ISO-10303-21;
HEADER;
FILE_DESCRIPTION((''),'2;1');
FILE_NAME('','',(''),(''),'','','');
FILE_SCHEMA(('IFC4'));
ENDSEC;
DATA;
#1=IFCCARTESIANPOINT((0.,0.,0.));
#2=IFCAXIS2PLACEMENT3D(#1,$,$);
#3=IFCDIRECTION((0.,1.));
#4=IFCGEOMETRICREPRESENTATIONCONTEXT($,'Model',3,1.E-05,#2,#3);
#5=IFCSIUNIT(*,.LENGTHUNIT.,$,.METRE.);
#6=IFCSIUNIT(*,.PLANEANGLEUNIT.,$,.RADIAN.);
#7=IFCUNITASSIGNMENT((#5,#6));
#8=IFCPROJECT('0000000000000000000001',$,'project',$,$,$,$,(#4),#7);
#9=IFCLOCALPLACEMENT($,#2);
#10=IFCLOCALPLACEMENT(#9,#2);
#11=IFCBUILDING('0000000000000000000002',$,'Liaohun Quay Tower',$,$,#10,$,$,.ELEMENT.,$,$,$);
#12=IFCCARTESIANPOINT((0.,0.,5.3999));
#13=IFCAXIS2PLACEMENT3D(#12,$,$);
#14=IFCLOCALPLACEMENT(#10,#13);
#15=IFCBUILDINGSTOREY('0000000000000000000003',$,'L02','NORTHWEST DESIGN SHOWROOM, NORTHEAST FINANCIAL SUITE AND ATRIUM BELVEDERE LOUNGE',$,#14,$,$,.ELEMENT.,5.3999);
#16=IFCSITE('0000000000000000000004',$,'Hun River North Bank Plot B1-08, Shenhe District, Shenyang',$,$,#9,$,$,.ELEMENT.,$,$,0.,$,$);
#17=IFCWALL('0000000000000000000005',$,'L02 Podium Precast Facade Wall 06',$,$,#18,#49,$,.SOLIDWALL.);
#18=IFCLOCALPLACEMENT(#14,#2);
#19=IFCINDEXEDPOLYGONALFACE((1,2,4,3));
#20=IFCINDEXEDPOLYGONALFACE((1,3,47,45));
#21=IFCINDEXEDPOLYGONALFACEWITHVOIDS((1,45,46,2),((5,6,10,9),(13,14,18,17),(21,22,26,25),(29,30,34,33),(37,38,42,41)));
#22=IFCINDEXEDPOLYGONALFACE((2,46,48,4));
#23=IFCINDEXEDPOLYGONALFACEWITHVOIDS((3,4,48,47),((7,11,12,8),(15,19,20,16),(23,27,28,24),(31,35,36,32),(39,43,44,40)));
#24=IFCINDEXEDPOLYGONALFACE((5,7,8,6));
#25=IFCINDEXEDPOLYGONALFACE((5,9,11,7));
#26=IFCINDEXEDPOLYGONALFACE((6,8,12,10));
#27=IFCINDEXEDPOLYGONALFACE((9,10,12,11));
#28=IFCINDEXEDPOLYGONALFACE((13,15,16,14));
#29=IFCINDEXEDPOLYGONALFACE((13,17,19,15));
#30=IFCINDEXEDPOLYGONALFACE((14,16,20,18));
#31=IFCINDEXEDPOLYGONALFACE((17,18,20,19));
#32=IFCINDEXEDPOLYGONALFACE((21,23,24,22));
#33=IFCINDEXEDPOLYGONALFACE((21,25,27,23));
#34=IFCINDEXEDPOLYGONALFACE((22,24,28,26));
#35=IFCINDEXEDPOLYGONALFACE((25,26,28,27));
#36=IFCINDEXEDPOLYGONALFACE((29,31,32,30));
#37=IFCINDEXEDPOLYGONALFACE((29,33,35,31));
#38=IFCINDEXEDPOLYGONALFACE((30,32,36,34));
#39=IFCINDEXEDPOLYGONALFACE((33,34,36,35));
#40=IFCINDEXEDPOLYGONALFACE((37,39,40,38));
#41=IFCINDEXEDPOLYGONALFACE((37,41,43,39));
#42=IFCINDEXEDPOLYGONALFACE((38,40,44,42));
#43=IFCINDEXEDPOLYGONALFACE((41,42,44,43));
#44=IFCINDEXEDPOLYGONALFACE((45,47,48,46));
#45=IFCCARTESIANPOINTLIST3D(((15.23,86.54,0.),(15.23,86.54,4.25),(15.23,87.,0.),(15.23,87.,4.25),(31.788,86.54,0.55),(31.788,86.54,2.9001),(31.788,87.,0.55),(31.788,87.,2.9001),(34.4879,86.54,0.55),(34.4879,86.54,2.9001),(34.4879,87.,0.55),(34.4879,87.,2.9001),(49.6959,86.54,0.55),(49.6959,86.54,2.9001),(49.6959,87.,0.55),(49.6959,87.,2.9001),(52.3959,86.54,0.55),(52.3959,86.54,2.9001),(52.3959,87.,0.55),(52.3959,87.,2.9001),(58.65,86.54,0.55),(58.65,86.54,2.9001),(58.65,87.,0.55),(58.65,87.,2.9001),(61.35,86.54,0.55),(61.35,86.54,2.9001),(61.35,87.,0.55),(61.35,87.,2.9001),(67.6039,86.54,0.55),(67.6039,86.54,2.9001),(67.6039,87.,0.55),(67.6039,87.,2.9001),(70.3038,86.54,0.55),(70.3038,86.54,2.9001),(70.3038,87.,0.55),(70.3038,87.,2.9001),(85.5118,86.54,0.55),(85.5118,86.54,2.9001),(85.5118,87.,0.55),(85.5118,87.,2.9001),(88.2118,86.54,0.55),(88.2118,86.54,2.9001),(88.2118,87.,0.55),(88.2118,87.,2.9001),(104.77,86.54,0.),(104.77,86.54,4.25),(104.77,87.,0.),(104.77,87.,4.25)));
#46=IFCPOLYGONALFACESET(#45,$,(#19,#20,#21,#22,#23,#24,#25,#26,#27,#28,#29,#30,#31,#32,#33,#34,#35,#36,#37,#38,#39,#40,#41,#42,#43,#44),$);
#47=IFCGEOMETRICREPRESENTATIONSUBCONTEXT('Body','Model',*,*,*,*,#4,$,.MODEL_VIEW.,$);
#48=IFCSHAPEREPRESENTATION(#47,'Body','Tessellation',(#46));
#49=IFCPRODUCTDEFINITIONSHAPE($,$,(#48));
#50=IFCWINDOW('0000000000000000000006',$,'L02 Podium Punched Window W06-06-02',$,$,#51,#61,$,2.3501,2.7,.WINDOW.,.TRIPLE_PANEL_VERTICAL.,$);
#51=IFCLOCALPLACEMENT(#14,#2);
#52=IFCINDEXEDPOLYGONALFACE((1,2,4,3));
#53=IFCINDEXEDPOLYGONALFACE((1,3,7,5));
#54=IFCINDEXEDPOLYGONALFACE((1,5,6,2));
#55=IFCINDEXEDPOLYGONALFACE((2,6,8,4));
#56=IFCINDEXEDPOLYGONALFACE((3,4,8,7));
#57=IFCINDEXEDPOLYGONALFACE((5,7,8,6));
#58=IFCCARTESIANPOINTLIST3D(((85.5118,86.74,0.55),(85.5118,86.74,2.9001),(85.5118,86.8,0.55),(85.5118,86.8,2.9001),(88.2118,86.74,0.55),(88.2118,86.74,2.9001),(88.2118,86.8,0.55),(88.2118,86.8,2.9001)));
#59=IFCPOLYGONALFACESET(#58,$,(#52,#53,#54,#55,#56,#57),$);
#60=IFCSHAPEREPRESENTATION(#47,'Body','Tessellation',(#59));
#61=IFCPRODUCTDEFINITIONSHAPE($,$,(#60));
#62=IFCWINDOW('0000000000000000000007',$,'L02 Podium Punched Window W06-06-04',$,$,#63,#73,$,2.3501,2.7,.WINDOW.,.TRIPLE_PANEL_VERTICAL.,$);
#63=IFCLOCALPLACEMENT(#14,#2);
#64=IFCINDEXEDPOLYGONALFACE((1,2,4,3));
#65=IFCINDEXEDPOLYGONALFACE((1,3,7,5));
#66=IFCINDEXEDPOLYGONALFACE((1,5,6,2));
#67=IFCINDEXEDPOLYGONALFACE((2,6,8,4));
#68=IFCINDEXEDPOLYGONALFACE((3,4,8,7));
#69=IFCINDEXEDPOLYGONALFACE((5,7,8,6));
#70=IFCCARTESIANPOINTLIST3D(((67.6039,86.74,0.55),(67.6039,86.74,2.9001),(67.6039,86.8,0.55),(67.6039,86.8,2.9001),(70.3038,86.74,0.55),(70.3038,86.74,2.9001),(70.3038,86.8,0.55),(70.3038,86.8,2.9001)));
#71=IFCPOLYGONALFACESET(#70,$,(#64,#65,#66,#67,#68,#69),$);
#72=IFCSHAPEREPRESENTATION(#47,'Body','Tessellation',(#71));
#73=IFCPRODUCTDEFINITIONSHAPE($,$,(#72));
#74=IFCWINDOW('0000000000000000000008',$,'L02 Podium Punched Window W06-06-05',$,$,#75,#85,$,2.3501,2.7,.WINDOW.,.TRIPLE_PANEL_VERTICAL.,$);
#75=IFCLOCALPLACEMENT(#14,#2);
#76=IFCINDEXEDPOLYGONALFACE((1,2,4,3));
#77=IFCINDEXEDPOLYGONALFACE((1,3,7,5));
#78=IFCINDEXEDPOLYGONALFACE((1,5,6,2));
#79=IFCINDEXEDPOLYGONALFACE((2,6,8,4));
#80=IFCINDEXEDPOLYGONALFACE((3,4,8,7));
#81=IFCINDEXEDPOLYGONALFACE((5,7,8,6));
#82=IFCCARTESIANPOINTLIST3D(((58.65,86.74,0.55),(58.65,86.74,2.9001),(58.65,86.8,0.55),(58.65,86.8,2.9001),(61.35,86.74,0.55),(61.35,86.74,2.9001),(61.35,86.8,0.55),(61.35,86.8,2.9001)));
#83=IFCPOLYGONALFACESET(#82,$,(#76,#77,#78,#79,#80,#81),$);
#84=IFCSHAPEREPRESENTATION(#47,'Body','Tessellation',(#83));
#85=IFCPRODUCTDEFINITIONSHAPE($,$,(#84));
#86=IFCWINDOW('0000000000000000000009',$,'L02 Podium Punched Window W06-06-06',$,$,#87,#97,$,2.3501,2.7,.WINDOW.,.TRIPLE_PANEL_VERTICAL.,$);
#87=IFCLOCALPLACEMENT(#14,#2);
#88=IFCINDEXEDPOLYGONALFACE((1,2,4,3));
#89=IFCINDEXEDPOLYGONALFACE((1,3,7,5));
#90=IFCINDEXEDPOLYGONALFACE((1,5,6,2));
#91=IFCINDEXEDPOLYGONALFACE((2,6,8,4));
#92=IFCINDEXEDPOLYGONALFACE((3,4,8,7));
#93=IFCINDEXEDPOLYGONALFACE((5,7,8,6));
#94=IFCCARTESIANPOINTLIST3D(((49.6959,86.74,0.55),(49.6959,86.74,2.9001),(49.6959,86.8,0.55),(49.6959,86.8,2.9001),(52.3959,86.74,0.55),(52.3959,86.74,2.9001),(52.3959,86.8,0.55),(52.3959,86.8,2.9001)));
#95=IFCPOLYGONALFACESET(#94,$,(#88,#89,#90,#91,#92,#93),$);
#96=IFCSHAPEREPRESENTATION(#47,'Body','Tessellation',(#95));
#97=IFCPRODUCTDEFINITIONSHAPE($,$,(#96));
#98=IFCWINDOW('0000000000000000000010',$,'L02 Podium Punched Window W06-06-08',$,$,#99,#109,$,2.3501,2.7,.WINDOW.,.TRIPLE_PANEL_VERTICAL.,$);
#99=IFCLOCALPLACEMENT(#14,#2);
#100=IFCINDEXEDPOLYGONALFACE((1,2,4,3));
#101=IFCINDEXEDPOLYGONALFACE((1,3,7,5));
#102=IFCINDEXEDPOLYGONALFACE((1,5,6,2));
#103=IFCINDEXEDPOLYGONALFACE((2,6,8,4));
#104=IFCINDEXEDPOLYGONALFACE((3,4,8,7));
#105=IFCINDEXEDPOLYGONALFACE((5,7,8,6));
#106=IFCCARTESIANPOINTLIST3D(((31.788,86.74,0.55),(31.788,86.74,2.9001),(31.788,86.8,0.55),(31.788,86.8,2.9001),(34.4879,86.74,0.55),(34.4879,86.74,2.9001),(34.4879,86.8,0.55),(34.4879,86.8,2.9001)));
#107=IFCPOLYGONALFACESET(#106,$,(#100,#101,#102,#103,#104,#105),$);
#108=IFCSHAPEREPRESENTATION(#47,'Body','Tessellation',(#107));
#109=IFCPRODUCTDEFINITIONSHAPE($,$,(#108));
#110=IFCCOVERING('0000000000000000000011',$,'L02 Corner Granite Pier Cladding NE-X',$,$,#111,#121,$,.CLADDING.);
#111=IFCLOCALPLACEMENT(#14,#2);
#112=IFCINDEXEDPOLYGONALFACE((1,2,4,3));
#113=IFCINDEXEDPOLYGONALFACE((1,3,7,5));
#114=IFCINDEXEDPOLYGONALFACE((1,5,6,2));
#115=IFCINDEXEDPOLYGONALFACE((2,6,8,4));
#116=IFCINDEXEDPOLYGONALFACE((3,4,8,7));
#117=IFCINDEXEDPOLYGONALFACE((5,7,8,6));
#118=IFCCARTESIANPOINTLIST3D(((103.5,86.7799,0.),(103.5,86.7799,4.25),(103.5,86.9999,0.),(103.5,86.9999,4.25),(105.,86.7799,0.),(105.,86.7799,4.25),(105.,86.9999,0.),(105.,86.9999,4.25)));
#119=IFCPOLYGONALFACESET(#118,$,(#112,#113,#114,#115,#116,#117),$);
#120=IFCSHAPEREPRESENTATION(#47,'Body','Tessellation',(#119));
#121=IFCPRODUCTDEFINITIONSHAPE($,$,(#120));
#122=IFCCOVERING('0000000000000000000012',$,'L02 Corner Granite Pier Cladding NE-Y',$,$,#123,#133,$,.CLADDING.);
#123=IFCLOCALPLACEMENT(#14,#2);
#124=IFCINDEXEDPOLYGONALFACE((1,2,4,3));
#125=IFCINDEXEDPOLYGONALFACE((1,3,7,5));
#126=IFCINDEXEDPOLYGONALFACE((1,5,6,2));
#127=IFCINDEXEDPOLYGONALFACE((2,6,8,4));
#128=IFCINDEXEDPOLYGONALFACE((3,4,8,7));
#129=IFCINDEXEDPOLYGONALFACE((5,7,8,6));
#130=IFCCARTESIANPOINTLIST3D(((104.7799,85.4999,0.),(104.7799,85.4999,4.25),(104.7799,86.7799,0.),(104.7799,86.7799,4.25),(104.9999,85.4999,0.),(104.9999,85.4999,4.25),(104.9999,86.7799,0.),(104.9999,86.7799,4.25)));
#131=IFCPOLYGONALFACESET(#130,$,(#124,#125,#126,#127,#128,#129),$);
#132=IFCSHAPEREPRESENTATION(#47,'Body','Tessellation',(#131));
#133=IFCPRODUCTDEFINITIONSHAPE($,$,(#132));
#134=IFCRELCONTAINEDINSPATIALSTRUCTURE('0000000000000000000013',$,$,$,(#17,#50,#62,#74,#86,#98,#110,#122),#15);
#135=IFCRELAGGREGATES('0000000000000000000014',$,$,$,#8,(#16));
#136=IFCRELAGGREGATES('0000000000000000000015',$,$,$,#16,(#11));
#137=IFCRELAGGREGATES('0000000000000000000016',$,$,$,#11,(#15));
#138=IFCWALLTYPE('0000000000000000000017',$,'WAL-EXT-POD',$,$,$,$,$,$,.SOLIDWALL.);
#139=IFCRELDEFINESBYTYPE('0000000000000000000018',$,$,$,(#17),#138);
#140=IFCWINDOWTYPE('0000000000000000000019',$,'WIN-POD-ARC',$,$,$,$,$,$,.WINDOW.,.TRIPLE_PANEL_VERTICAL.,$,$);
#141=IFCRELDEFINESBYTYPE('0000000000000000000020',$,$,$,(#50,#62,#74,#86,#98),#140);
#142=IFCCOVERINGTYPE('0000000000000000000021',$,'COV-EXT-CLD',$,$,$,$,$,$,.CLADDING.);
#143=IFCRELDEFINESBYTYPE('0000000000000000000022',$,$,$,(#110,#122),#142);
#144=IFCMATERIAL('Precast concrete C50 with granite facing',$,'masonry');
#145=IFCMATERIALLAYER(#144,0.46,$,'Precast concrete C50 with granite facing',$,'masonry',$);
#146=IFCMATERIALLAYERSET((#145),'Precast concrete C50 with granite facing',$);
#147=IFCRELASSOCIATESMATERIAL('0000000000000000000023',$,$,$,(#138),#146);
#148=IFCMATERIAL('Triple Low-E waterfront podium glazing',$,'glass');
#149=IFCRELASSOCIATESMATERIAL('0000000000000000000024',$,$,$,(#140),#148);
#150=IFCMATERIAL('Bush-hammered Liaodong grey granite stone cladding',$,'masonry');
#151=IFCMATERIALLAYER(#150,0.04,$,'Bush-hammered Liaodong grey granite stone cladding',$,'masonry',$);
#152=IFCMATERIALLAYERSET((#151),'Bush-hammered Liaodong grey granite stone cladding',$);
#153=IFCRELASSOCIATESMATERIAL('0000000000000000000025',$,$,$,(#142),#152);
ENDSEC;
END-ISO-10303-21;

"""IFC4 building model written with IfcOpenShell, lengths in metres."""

from ifc_helpers import new_model, si_unit, direction, frame, frame_2d, origin, origin_2d, place, context, subcontext, project, spatial, rectangle, extrude, source, transform, mapped, material, layer, layer_set, type_object, element, fill, save


model = new_model("IFC4")

# Units and contexts
model_context = context("Model", 3, precision=1e-05, world=origin(), true_north=direction((0.0, 1.0)))
body_context = subcontext(model_context, "Body", "Model", "MODEL_VIEW")
ifc_project = project(units=[si_unit("LENGTHUNIT", "METRE"), si_unit("PLANEANGLEUNIT", "RADIAN")], contexts=[model_context])

# Site, building, storey
site_placement = place(None, origin())
site = spatial("IfcSite", under=ifc_project, at=site_placement, Name="Hun River North Bank Plot B1-08, Shenhe District, Shenyang", CompositionType="ELEMENT", RefElevation=0.0)
building_placement = place(site_placement, origin())
building = spatial("IfcBuilding", under=site, at=building_placement, Name="Liaohun Quay Tower", CompositionType="ELEMENT")
storey_placement = place(building_placement, frame((0.0, 0.0, 5.3999)))
storey = spatial("IfcBuildingStorey", under=building, at=storey_placement, Name="L02", Description="NORTHWEST DESIGN SHOWROOM, NORTHEAST FINANCIAL SUITE AND ATRIUM BELVEDERE LOUNGE", CompositionType="ELEMENT", Elevation=5.3999)

# Wall, openings, windows
ifc_material_1 = material(Name="Precast concrete C50 with granite facing", Category="masonry")
ifc_layer_1 = layer(ifc_material_1, 0.46, Name="Precast concrete C50 with granite facing", Category="masonry")
ifc_layer_set_1 = layer_set([ifc_layer_1], Name="Precast concrete C50 with granite facing")
wall_type = type_object("IfcWallType", Name="WAL-EXT-POD", PredefinedType="SOLIDWALL", material=ifc_layer_set_1)
wall_placement = place(storey_placement, frame((104.77, 86.77, 0.0), z_axis=(0.0, 0.0, 1.0), x_axis=(-1.0, 0.0, 0.0)))
wall = element("IfcWall", 1, at=wall_placement, inside=storey, type_object=wall_type, Name="L02 Podium Precast Facade Wall 06", PredefinedType="SOLIDWALL", context=body_context, shape_type="SweptSolid", body=[
    extrude(rectangle(XDim=89.54, YDim=0.46, at=frame_2d((44.77, 0.0))), origin(), (0.0, 0.0, 1.0), 4.25),
])
shared_shape_1 = source(origin(), body_context, "Body", "SweptSolid", [
    extrude(rectangle(XDim=2.7, YDim=2.3501, at=frame_2d((1.3501, 1.175))), frame((0.0, 0.24, 0.0), z_axis=(0.0, -1.0, 0.0), x_axis=(1.0, 0.0, 0.0)), (0.0, 0.0, 1.0), 0.48),
])
opening_1_placement = place(wall_placement, frame((16.5581, 0.0, 0.55)))
opening_1 = element("IfcOpeningElement", 2, at=opening_1_placement, cuts=wall, PredefinedType="OPENING", context=body_context, shape_type="MappedRepresentation", body=[
    mapped(shared_shape_1, transform((0.0, 0.0, 0.0), x_axis=(1.0, 0.0, 0.0), y_axis=(0.0, 1.0, 0.0), z_axis=(0.0, 0.0, 1.0), scale=1.0)),
])
opening_2_placement = place(wall_placement, frame((34.4661, 0.0, 0.55)))
opening_2 = element("IfcOpeningElement", 3, at=opening_2_placement, cuts=wall, PredefinedType="OPENING", context=body_context, shape_type="MappedRepresentation", body=[
    mapped(shared_shape_1, transform((0.0, 0.0, 0.0), x_axis=(1.0, 0.0, 0.0), y_axis=(0.0, 1.0, 0.0), z_axis=(0.0, 0.0, 1.0), scale=1.0)),
])
opening_3_placement = place(wall_placement, frame((43.4199, 0.0, 0.55)))
opening_3 = element("IfcOpeningElement", 4, at=opening_3_placement, cuts=wall, PredefinedType="OPENING", context=body_context, shape_type="MappedRepresentation", body=[
    mapped(shared_shape_1, transform((0.0, 0.0, 0.0), x_axis=(1.0, 0.0, 0.0), y_axis=(0.0, 1.0, 0.0), z_axis=(0.0, 0.0, 1.0), scale=1.0)),
])
opening_4_placement = place(wall_placement, frame((52.374, 0.0, 0.55)))
opening_4 = element("IfcOpeningElement", 5, at=opening_4_placement, cuts=wall, PredefinedType="OPENING", context=body_context, shape_type="MappedRepresentation", body=[
    mapped(shared_shape_1, transform((0.0, 0.0, 0.0), x_axis=(1.0, 0.0, 0.0), y_axis=(0.0, 1.0, 0.0), z_axis=(0.0, 0.0, 1.0), scale=1.0)),
])
opening_5_placement = place(wall_placement, frame((70.282, 0.0, 0.55)))
opening_5 = element("IfcOpeningElement", 6, at=opening_5_placement, cuts=wall, PredefinedType="OPENING", context=body_context, shape_type="MappedRepresentation", body=[
    mapped(shared_shape_1, transform((0.0, 0.0, 0.0), x_axis=(1.0, 0.0, 0.0), y_axis=(0.0, 1.0, 0.0), z_axis=(0.0, 0.0, 1.0), scale=1.0)),
])
ifc_material_2 = material(Name="Triple Low-E waterfront podium glazing", Category="glass")
window_type = type_object("IfcWindowType", Name="WIN-POD-ARC", PartitioningType="TRIPLE_PANEL_VERTICAL", PredefinedType="WINDOW", material=ifc_material_2)
shared_shape_2 = source(origin(), body_context, "Body", "SweptSolid", [
    extrude(rectangle(XDim=2.7, YDim=2.3501, at=frame_2d((1.3501, 1.175))), frame((0.0, 0.03, 0.0), z_axis=(0.0, -1.0, 0.0), x_axis=(1.0, 0.0, 0.0)), (0.0, 0.0, 1.0), 0.0601),
])
window_1_placement = place(opening_1_placement, origin())
window_1 = element("IfcWindow", 7, at=window_1_placement, inside=storey, type_object=window_type, Name="L02 Podium Punched Window W06-06-02", OverallHeight=2.3501, OverallWidth=2.7, PartitioningType="TRIPLE_PANEL_VERTICAL", PredefinedType="WINDOW", context=body_context, shape_type="MappedRepresentation", body=[
    mapped(shared_shape_2, transform((0.0, 0.0, 0.0), x_axis=(1.0, 0.0, 0.0), y_axis=(0.0, 1.0, 0.0), z_axis=(0.0, 0.0, 1.0), scale=1.0)),
])
fill(opening_1, window_1)
window_2_placement = place(opening_2_placement, origin())
window_2 = element("IfcWindow", 8, at=window_2_placement, inside=storey, type_object=window_type, Name="L02 Podium Punched Window W06-06-04", OverallHeight=2.3501, OverallWidth=2.7, PartitioningType="TRIPLE_PANEL_VERTICAL", PredefinedType="WINDOW", context=body_context, shape_type="MappedRepresentation", body=[
    mapped(shared_shape_2, transform((0.0, 0.0, 0.0), x_axis=(1.0, 0.0, 0.0), y_axis=(0.0, 1.0, 0.0), z_axis=(0.0, 0.0, 1.0), scale=1.0)),
])
fill(opening_2, window_2)
window_3_placement = place(opening_3_placement, origin())
window_3 = element("IfcWindow", 9, at=window_3_placement, inside=storey, type_object=window_type, Name="L02 Podium Punched Window W06-06-05", OverallHeight=2.3501, OverallWidth=2.7, PartitioningType="TRIPLE_PANEL_VERTICAL", PredefinedType="WINDOW", context=body_context, shape_type="MappedRepresentation", body=[
    mapped(shared_shape_2, transform((0.0, 0.0, 0.0), x_axis=(1.0, 0.0, 0.0), y_axis=(0.0, 1.0, 0.0), z_axis=(0.0, 0.0, 1.0), scale=1.0)),
])
fill(opening_3, window_3)
window_4_placement = place(opening_4_placement, origin())
window_4 = element("IfcWindow", 10, at=window_4_placement, inside=storey, type_object=window_type, Name="L02 Podium Punched Window W06-06-06", OverallHeight=2.3501, OverallWidth=2.7, PartitioningType="TRIPLE_PANEL_VERTICAL", PredefinedType="WINDOW", context=body_context, shape_type="MappedRepresentation", body=[
    mapped(shared_shape_2, transform((0.0, 0.0, 0.0), x_axis=(1.0, 0.0, 0.0), y_axis=(0.0, 1.0, 0.0), z_axis=(0.0, 0.0, 1.0), scale=1.0)),
])
fill(opening_4, window_4)
window_5_placement = place(opening_5_placement, origin())
window_5 = element("IfcWindow", 11, at=window_5_placement, inside=storey, type_object=window_type, Name="L02 Podium Punched Window W06-06-08", OverallHeight=2.3501, OverallWidth=2.7, PartitioningType="TRIPLE_PANEL_VERTICAL", PredefinedType="WINDOW", context=body_context, shape_type="MappedRepresentation", body=[
    mapped(shared_shape_2, transform((0.0, 0.0, 0.0), x_axis=(1.0, 0.0, 0.0), y_axis=(0.0, 1.0, 0.0), z_axis=(0.0, 0.0, 1.0), scale=1.0)),
])
fill(opening_5, window_5)

# Coverings
ifc_material_3 = material(Name="Bush-hammered Liaodong grey granite stone cladding", Category="masonry")
ifc_layer_2 = layer(ifc_material_3, 0.04, Name="Bush-hammered Liaodong grey granite stone cladding", Category="masonry")
ifc_layer_set_2 = layer_set([ifc_layer_2], Name="Bush-hammered Liaodong grey granite stone cladding")
covering_type = type_object("IfcCoveringType", Name="COV-EXT-CLD", PredefinedType="CLADDING", material=ifc_layer_set_2)
shared_shape_3 = source(origin(), body_context, "Body", "SweptSolid", [
    extrude(rectangle(XDim=1.5, YDim=0.22, at=origin_2d()), origin(), (0.0, 0.0, 1.0), 4.25),
])
covering_1_placement = place(storey_placement, frame((104.25, 86.8899, 0.0), z_axis=(0.0, 0.0, 1.0), x_axis=(1.0, 0.0, 0.0)))
element("IfcCovering", 12, at=covering_1_placement, inside=storey, type_object=covering_type, Name="L02 Corner Granite Pier Cladding NE-X", PredefinedType="CLADDING", context=body_context, shape_type="MappedRepresentation", body=[
    mapped(shared_shape_3, transform((0.0, 0.0, 0.0), x_axis=(1.0, 0.0, 0.0), y_axis=(0.0, 1.0, 0.0), z_axis=(0.0, 0.0, 1.0), scale=1.0)),
])
shared_shape_4 = source(origin(), body_context, "Body", "SweptSolid", [
    extrude(rectangle(XDim=0.22, YDim=1.28, at=origin_2d()), origin(), (0.0, 0.0, 1.0), 4.25),
])
covering_2_placement = place(storey_placement, frame((104.8899, 86.1399, 0.0), z_axis=(0.0, 0.0, 1.0), x_axis=(1.0, 0.0, 0.0)))
element("IfcCovering", 13, at=covering_2_placement, inside=storey, type_object=covering_type, Name="L02 Corner Granite Pier Cladding NE-Y", PredefinedType="CLADDING", context=body_context, shape_type="MappedRepresentation", body=[
    mapped(shared_shape_4, transform((0.0, 0.0, 0.0), x_axis=(1.0, 0.0, 0.0), y_axis=(0.0, 1.0, 0.0), z_axis=(0.0, 0.0, 1.0), scale=1.0)),
])

save(model, "model.ifc")
